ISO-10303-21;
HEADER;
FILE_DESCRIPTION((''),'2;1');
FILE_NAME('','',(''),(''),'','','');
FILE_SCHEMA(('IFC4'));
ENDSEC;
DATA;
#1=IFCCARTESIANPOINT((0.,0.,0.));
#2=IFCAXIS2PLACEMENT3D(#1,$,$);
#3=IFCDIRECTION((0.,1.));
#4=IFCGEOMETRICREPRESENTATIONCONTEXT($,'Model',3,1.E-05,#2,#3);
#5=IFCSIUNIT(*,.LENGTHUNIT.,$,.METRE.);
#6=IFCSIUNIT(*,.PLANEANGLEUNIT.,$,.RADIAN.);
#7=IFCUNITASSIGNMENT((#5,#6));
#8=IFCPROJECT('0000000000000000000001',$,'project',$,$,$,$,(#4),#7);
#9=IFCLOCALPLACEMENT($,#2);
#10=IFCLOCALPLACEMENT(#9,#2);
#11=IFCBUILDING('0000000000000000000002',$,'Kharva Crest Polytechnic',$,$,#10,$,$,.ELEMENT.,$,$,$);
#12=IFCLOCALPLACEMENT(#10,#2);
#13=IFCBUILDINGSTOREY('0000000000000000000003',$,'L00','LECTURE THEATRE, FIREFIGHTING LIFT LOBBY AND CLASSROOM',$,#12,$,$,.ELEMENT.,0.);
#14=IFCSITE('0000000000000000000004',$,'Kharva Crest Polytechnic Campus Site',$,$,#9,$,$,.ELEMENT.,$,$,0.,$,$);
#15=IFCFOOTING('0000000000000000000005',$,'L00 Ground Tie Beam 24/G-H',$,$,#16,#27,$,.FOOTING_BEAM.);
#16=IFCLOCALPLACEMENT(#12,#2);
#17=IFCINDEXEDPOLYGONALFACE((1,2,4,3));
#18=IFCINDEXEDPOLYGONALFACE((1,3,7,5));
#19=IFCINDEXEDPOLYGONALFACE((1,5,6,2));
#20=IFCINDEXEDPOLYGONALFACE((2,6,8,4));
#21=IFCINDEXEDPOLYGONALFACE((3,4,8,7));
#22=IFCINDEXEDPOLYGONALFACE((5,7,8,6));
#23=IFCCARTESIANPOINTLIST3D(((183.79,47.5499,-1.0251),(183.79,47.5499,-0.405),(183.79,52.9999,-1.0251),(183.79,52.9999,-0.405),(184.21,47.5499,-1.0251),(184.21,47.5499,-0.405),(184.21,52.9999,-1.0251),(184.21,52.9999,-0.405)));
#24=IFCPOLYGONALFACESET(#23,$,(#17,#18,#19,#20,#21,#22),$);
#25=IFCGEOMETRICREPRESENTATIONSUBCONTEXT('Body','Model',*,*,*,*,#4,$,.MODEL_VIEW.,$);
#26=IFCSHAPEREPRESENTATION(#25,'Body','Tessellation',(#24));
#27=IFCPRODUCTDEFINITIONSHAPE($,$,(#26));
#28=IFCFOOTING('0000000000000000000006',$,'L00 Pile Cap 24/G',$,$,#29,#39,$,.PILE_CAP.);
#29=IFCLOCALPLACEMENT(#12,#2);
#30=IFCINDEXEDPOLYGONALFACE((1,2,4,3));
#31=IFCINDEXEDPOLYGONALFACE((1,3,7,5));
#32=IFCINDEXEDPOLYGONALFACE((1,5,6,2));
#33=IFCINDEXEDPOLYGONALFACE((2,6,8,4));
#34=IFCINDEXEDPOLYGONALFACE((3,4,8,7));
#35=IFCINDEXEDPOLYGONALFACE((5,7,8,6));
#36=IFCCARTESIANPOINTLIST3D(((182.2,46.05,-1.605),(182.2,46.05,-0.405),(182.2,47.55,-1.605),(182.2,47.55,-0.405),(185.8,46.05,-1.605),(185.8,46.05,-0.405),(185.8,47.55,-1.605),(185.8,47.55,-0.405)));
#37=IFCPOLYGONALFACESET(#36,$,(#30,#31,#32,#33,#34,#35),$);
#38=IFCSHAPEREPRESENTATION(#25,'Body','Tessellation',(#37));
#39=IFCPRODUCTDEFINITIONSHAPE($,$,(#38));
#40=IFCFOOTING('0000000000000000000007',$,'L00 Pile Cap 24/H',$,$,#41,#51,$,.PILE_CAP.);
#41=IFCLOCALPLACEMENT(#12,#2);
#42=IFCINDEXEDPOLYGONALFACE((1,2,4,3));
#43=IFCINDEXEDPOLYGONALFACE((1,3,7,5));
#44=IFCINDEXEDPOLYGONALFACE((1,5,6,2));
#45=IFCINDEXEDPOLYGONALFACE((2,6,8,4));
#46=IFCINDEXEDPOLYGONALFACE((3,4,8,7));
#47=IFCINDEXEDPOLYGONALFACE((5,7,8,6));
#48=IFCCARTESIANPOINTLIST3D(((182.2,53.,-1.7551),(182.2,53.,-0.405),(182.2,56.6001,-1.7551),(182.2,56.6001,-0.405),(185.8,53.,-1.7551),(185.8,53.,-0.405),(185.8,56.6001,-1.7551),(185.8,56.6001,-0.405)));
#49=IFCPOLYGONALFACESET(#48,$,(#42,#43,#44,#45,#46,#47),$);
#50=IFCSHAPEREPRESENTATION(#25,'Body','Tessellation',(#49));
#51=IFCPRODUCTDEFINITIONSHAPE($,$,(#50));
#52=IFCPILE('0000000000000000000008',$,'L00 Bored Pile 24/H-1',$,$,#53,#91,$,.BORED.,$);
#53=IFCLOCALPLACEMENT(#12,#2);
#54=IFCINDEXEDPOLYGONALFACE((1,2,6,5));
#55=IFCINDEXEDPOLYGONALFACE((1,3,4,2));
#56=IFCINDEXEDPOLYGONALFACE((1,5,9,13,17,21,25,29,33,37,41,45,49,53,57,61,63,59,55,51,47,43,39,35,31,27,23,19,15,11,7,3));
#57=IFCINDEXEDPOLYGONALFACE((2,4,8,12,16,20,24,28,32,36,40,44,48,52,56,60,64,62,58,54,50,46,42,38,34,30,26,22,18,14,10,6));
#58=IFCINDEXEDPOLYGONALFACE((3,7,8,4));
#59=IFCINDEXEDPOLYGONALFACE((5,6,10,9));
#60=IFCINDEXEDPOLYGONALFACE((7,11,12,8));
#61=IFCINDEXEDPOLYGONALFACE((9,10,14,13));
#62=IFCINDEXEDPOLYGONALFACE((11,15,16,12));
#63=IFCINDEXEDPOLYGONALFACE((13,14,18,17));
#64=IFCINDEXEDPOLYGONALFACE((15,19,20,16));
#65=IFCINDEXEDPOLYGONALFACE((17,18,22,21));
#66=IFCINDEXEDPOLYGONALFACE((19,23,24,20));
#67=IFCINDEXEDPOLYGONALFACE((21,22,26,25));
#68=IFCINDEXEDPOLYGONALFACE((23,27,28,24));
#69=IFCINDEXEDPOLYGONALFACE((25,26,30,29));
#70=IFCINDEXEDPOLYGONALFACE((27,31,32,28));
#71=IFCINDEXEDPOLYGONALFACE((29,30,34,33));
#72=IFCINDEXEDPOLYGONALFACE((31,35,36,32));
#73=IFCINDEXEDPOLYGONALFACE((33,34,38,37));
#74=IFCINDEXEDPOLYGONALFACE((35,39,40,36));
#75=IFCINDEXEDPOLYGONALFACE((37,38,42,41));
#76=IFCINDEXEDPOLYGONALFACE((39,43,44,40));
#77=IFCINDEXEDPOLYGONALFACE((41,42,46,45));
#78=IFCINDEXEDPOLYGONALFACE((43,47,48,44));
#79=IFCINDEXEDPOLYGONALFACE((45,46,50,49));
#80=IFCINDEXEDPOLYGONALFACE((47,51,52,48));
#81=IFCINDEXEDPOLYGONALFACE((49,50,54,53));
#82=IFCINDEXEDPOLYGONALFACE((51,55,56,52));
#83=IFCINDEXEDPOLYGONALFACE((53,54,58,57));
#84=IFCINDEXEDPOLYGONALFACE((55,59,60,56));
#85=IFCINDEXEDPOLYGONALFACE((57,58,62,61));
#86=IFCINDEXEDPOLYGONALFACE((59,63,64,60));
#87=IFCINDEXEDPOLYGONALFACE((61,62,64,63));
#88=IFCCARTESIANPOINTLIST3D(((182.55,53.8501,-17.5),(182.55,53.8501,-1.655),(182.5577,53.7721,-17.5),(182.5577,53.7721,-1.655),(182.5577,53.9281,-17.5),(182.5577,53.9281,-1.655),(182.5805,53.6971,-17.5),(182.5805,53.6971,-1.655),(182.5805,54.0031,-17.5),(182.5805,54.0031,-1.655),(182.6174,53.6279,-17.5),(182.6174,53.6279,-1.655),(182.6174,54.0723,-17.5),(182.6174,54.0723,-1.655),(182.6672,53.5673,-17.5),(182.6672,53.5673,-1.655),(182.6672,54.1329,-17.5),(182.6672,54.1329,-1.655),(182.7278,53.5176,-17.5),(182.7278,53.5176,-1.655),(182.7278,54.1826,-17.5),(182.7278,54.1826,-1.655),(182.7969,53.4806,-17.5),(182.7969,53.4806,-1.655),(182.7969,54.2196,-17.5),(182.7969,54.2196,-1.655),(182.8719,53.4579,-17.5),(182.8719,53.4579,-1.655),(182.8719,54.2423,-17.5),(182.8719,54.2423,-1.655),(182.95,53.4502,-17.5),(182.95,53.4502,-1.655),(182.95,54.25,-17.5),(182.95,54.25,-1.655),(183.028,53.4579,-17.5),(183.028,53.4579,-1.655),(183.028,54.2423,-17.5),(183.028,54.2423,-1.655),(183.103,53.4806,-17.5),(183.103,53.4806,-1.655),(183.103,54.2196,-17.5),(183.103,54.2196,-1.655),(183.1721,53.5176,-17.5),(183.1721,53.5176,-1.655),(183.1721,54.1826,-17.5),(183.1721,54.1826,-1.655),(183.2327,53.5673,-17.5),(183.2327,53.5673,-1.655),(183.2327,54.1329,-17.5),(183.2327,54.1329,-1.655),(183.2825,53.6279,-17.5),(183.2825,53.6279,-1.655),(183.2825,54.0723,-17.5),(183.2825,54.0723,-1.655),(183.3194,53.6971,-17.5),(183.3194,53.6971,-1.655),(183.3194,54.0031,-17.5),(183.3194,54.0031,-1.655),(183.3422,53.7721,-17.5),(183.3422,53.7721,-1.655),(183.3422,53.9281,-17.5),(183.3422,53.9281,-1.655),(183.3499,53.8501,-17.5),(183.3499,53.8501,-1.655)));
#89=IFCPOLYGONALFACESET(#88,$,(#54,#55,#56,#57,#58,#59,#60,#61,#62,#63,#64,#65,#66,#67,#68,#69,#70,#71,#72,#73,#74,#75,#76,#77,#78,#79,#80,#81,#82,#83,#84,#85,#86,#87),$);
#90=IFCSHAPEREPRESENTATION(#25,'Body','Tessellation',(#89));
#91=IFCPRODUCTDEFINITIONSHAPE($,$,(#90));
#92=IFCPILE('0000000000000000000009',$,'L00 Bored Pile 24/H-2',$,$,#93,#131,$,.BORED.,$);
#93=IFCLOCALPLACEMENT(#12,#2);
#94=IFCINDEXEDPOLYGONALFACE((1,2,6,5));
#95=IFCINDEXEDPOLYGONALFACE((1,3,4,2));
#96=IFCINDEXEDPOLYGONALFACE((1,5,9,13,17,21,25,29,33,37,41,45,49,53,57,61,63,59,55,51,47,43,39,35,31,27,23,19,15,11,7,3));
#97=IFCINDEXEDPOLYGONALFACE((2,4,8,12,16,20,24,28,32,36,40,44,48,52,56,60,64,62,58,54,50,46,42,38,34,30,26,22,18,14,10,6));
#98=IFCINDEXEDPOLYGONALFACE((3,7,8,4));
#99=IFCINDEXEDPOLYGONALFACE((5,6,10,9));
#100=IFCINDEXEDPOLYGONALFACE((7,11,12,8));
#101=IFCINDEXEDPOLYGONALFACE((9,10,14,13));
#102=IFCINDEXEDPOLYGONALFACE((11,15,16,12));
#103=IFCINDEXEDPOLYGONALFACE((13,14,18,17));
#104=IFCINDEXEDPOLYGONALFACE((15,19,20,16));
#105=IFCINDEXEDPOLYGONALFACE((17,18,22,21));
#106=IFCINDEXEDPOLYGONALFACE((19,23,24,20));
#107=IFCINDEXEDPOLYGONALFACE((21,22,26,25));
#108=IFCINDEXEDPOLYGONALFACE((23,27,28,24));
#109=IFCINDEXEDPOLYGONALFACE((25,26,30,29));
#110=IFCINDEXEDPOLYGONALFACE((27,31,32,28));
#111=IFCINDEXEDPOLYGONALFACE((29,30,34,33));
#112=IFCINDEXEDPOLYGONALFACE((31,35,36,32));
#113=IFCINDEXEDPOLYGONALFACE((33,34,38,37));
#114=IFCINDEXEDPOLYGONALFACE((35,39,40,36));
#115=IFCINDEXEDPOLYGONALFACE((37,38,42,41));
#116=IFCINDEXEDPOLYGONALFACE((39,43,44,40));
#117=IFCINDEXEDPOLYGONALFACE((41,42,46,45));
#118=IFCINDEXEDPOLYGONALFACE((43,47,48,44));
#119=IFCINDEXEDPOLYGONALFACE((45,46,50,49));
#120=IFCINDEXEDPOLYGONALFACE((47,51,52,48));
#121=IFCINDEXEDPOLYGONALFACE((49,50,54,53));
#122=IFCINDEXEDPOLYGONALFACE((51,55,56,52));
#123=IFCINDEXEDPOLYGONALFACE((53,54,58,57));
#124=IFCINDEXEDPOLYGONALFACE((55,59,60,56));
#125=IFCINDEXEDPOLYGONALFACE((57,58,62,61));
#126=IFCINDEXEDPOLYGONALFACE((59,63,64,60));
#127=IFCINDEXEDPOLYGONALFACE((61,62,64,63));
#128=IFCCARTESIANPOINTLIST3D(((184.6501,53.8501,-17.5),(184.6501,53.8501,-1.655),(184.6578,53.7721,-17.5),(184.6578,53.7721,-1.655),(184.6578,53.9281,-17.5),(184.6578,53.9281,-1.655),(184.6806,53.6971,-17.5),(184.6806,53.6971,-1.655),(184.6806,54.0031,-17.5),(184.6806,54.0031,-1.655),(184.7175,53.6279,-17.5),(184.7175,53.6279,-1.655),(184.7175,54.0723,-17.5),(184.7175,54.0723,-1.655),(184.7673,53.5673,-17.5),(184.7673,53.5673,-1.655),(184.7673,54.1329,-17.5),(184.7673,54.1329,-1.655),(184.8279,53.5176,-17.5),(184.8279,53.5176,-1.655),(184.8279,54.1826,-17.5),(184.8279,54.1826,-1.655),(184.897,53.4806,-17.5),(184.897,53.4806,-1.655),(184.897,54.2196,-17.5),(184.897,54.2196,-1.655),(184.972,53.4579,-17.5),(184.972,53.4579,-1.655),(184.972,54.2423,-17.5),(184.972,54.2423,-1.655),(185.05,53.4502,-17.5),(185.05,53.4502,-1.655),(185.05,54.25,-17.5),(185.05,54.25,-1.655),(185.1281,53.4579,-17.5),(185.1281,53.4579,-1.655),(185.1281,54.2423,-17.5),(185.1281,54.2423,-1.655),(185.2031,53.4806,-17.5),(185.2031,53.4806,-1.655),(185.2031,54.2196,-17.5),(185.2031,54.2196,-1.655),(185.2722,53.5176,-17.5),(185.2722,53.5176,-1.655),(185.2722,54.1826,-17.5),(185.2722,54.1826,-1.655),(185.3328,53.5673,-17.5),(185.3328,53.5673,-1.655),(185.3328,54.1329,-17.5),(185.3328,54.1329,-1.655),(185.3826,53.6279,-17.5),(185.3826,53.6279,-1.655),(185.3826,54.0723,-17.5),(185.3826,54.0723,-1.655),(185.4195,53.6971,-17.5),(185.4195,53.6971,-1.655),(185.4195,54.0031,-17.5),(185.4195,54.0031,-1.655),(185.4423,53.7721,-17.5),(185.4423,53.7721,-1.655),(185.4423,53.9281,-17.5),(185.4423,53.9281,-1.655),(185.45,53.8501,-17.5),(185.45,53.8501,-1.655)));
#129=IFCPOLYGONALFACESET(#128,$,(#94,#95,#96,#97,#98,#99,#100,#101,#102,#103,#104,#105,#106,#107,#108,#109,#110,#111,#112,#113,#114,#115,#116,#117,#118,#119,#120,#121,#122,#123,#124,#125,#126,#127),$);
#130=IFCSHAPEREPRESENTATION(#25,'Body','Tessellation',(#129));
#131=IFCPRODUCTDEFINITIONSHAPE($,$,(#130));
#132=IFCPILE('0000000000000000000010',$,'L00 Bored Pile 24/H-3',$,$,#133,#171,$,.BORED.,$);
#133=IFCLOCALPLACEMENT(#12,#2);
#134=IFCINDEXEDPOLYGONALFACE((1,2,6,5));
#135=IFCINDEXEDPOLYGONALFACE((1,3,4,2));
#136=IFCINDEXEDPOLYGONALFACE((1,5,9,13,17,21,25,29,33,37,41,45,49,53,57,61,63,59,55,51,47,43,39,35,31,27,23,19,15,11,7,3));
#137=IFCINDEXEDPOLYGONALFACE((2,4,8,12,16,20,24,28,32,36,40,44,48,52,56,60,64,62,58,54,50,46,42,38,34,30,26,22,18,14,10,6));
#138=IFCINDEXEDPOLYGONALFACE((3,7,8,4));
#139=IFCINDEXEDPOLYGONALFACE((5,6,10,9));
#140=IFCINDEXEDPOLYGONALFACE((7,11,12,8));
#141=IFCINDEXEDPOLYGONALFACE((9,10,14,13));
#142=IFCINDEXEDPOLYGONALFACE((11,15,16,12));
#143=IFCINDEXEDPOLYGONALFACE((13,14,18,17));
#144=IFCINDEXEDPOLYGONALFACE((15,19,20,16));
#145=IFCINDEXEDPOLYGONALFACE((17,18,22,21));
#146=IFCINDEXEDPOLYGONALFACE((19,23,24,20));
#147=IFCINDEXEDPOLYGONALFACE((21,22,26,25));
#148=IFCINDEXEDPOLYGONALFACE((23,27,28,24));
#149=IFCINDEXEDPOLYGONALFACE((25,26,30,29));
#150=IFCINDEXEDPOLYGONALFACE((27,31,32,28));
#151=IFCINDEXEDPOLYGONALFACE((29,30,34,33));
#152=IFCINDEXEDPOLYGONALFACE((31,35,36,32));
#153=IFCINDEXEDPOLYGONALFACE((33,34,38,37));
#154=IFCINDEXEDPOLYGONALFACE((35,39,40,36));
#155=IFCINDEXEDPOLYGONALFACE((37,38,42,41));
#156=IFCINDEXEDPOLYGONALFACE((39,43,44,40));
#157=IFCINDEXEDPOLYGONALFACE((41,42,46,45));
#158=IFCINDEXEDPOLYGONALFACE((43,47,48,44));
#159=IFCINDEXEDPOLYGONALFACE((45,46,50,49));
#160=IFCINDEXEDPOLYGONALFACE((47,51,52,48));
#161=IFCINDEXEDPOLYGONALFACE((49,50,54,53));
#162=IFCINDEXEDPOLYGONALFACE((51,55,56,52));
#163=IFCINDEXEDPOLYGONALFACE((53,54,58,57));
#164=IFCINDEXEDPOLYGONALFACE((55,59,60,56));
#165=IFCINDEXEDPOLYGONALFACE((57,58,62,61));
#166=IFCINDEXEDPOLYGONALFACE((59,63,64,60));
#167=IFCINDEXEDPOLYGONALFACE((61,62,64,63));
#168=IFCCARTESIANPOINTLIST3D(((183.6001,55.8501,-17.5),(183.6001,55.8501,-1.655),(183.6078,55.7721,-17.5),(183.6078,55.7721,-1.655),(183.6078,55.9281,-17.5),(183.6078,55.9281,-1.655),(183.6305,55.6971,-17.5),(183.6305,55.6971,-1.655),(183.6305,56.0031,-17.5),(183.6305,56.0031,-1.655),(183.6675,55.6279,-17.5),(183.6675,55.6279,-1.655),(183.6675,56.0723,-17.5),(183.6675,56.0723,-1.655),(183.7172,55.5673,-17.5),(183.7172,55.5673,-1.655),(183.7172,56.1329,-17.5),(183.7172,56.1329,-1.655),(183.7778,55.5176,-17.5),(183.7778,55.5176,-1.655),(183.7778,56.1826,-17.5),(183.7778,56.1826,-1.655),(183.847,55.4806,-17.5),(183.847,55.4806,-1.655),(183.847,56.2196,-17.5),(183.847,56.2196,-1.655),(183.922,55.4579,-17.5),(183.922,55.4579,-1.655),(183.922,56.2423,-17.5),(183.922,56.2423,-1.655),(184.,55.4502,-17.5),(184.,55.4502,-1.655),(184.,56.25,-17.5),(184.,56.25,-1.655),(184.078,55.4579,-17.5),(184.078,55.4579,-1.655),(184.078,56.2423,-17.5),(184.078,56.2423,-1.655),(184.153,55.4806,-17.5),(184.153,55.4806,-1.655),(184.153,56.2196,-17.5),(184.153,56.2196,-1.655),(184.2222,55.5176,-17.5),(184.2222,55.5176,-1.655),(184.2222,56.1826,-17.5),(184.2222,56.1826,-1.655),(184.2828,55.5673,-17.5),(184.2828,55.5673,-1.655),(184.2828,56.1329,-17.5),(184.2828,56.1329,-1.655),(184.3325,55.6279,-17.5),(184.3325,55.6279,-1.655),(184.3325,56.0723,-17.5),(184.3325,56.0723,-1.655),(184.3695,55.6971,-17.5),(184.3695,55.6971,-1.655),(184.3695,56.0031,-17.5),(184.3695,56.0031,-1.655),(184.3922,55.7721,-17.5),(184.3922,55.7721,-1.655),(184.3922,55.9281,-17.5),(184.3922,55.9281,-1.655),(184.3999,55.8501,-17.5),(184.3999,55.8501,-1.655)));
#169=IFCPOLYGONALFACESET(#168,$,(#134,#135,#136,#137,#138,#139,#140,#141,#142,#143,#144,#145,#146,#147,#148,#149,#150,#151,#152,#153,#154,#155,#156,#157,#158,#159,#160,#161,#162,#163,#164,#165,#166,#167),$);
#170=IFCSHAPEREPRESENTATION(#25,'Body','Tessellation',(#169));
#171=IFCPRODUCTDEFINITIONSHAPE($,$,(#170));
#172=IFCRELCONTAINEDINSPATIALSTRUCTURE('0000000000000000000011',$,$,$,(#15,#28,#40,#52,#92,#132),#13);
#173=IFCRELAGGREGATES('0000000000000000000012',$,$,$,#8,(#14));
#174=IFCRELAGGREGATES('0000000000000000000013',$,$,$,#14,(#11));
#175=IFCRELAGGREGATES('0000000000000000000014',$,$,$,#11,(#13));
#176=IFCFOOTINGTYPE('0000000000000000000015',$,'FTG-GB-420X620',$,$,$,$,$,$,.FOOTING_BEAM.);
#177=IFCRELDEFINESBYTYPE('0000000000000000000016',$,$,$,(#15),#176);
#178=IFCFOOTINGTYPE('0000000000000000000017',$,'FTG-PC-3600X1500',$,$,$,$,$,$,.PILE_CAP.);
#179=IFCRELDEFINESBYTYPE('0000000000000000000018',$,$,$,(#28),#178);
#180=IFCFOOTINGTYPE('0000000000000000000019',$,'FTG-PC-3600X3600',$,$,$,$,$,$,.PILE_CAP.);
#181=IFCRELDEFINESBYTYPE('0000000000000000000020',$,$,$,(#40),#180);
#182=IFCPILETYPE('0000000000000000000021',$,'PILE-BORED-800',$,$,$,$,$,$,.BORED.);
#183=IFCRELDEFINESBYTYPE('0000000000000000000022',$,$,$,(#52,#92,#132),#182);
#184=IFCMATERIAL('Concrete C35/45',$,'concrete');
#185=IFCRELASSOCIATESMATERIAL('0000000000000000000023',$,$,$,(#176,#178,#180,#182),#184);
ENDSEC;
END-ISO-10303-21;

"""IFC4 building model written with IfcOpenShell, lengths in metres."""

from ifc_helpers import new_model, si_unit, direction, frame, origin, origin_2d, place, context, subcontext, project, spatial, rectangle, circle, extrude, material, material_profile, profile_set, type_object, element, save


model = new_model("IFC4")

# Units and contexts
model_context = context("Model", 3, precision=1e-05, world=origin(), true_north=direction((0.0, 1.0)))
body_context = subcontext(model_context, "Body", "Model", "MODEL_VIEW")
ifc_project = project(units=[si_unit("LENGTHUNIT", "METRE"), si_unit("PLANEANGLEUNIT", "RADIAN")], contexts=[model_context])

# Site, building, storey
site_placement = place(None, origin())
site = spatial("IfcSite", under=ifc_project, at=site_placement, Name="Kharva Crest Polytechnic Campus Site", CompositionType="ELEMENT", RefElevation=0.0)
building_placement = place(site_placement, origin())
building = spatial("IfcBuilding", under=site, at=building_placement, Name="Kharva Crest Polytechnic", CompositionType="ELEMENT")
storey_placement = place(building_placement, origin())
storey = spatial("IfcBuildingStorey", under=building, at=storey_placement, Name="L00", Description="LECTURE THEATRE, FIREFIGHTING LIFT LOBBY AND CLASSROOM", CompositionType="ELEMENT", Elevation=0.0)

# Footings
ifc_material_1 = material(Name="Concrete C35/45", Category="concrete")
footing_type_1 = type_object("IfcFootingType", Name="FTG-GB-420X620", PredefinedType="FOOTING_BEAM", material=ifc_material_1)
footing_1_placement = place(storey_placement, frame((184.0, 50.2749, -1.0251), z_axis=(0.0, 0.0, 1.0), x_axis=(0.0, 1.0, 0.0)))
element("IfcFooting", 1, at=footing_1_placement, inside=storey, type_object=footing_type_1, Name="L00 Ground Tie Beam 24/G-H", PredefinedType="FOOTING_BEAM", context=body_context, shape_type="SweptSolid", body=[
    extrude(rectangle(XDim=5.45, YDim=0.4199, at=origin_2d()), origin(), (0.0, 0.0, 1.0), 0.6201),
])
footing_type_2 = type_object("IfcFootingType", Name="FTG-PC-3600X1500", PredefinedType="PILE_CAP", material=ifc_material_1)
footing_2_placement = place(storey_placement, frame((184.0, 46.8, -1.605), z_axis=(0.0, 0.0, 1.0), x_axis=(1.0, 0.0, 0.0)))
element("IfcFooting", 2, at=footing_2_placement, inside=storey, type_object=footing_type_2, Name="L00 Pile Cap 24/G", PredefinedType="PILE_CAP", context=body_context, shape_type="SweptSolid", body=[
    extrude(rectangle(XDim=3.6001, YDim=1.5, at=origin_2d()), origin(), (0.0, 0.0, 1.0), 1.2),
])
footing_type_3 = type_object("IfcFootingType", Name="FTG-PC-3600X3600", PredefinedType="PILE_CAP", material=ifc_material_1)
footing_3_placement = place(storey_placement, frame((184.0, 54.8, -1.7551), z_axis=(0.0, 0.0, 1.0), x_axis=(1.0, 0.0, 0.0)))
element("IfcFooting", 3, at=footing_3_placement, inside=storey, type_object=footing_type_3, Name="L00 Pile Cap 24/H", PredefinedType="PILE_CAP", context=body_context, shape_type="SweptSolid", body=[
    extrude(rectangle(XDim=3.6001, YDim=3.6001, at=origin_2d()), origin(), (0.0, 0.0, 1.0), 1.3501),
])

# Piles
ifc_material_profile_1 = material_profile(ifc_material_1, circle(Radius=0.3999, at=origin_2d()), Name="DIA 800")
ifc_profile_set_1 = profile_set([ifc_material_profile_1], Name="Concrete C35/45")
pile_type_1 = type_object("IfcPileType", Name="PILE-BORED-800", PredefinedType="BORED", material=ifc_profile_set_1)
for number, where, z_axis, x_axis, name in (
    (4, (182.95, 53.8501, -1.655), (0.0, 0.0, -1.0), (1.0, 0.0, 0.0), "L00 Bored Pile 24/H-1"),
    (5, (185.05, 53.8501, -1.655), (0.0, 0.0, -1.0), (1.0, 0.0, 0.0), "L00 Bored Pile 24/H-2"),
    (6, (184.0, 55.8501, -1.655), (0.0, 0.0, -1.0), (1.0, 0.0, 0.0), "L00 Bored Pile 24/H-3"),
):
    element("IfcPile", number, at=place(storey_placement, frame(where, z_axis=z_axis, x_axis=x_axis)), inside=storey, type_object=pile_type_1, Name=name, PredefinedType="BORED", context=body_context, shape_type="SweptSolid", body=[
        extrude(circle(Radius=0.3999, at=origin_2d()), origin(), (0.0, 0.0, 1.0), 15.845),
    ])

save(model, "model.ifc")
